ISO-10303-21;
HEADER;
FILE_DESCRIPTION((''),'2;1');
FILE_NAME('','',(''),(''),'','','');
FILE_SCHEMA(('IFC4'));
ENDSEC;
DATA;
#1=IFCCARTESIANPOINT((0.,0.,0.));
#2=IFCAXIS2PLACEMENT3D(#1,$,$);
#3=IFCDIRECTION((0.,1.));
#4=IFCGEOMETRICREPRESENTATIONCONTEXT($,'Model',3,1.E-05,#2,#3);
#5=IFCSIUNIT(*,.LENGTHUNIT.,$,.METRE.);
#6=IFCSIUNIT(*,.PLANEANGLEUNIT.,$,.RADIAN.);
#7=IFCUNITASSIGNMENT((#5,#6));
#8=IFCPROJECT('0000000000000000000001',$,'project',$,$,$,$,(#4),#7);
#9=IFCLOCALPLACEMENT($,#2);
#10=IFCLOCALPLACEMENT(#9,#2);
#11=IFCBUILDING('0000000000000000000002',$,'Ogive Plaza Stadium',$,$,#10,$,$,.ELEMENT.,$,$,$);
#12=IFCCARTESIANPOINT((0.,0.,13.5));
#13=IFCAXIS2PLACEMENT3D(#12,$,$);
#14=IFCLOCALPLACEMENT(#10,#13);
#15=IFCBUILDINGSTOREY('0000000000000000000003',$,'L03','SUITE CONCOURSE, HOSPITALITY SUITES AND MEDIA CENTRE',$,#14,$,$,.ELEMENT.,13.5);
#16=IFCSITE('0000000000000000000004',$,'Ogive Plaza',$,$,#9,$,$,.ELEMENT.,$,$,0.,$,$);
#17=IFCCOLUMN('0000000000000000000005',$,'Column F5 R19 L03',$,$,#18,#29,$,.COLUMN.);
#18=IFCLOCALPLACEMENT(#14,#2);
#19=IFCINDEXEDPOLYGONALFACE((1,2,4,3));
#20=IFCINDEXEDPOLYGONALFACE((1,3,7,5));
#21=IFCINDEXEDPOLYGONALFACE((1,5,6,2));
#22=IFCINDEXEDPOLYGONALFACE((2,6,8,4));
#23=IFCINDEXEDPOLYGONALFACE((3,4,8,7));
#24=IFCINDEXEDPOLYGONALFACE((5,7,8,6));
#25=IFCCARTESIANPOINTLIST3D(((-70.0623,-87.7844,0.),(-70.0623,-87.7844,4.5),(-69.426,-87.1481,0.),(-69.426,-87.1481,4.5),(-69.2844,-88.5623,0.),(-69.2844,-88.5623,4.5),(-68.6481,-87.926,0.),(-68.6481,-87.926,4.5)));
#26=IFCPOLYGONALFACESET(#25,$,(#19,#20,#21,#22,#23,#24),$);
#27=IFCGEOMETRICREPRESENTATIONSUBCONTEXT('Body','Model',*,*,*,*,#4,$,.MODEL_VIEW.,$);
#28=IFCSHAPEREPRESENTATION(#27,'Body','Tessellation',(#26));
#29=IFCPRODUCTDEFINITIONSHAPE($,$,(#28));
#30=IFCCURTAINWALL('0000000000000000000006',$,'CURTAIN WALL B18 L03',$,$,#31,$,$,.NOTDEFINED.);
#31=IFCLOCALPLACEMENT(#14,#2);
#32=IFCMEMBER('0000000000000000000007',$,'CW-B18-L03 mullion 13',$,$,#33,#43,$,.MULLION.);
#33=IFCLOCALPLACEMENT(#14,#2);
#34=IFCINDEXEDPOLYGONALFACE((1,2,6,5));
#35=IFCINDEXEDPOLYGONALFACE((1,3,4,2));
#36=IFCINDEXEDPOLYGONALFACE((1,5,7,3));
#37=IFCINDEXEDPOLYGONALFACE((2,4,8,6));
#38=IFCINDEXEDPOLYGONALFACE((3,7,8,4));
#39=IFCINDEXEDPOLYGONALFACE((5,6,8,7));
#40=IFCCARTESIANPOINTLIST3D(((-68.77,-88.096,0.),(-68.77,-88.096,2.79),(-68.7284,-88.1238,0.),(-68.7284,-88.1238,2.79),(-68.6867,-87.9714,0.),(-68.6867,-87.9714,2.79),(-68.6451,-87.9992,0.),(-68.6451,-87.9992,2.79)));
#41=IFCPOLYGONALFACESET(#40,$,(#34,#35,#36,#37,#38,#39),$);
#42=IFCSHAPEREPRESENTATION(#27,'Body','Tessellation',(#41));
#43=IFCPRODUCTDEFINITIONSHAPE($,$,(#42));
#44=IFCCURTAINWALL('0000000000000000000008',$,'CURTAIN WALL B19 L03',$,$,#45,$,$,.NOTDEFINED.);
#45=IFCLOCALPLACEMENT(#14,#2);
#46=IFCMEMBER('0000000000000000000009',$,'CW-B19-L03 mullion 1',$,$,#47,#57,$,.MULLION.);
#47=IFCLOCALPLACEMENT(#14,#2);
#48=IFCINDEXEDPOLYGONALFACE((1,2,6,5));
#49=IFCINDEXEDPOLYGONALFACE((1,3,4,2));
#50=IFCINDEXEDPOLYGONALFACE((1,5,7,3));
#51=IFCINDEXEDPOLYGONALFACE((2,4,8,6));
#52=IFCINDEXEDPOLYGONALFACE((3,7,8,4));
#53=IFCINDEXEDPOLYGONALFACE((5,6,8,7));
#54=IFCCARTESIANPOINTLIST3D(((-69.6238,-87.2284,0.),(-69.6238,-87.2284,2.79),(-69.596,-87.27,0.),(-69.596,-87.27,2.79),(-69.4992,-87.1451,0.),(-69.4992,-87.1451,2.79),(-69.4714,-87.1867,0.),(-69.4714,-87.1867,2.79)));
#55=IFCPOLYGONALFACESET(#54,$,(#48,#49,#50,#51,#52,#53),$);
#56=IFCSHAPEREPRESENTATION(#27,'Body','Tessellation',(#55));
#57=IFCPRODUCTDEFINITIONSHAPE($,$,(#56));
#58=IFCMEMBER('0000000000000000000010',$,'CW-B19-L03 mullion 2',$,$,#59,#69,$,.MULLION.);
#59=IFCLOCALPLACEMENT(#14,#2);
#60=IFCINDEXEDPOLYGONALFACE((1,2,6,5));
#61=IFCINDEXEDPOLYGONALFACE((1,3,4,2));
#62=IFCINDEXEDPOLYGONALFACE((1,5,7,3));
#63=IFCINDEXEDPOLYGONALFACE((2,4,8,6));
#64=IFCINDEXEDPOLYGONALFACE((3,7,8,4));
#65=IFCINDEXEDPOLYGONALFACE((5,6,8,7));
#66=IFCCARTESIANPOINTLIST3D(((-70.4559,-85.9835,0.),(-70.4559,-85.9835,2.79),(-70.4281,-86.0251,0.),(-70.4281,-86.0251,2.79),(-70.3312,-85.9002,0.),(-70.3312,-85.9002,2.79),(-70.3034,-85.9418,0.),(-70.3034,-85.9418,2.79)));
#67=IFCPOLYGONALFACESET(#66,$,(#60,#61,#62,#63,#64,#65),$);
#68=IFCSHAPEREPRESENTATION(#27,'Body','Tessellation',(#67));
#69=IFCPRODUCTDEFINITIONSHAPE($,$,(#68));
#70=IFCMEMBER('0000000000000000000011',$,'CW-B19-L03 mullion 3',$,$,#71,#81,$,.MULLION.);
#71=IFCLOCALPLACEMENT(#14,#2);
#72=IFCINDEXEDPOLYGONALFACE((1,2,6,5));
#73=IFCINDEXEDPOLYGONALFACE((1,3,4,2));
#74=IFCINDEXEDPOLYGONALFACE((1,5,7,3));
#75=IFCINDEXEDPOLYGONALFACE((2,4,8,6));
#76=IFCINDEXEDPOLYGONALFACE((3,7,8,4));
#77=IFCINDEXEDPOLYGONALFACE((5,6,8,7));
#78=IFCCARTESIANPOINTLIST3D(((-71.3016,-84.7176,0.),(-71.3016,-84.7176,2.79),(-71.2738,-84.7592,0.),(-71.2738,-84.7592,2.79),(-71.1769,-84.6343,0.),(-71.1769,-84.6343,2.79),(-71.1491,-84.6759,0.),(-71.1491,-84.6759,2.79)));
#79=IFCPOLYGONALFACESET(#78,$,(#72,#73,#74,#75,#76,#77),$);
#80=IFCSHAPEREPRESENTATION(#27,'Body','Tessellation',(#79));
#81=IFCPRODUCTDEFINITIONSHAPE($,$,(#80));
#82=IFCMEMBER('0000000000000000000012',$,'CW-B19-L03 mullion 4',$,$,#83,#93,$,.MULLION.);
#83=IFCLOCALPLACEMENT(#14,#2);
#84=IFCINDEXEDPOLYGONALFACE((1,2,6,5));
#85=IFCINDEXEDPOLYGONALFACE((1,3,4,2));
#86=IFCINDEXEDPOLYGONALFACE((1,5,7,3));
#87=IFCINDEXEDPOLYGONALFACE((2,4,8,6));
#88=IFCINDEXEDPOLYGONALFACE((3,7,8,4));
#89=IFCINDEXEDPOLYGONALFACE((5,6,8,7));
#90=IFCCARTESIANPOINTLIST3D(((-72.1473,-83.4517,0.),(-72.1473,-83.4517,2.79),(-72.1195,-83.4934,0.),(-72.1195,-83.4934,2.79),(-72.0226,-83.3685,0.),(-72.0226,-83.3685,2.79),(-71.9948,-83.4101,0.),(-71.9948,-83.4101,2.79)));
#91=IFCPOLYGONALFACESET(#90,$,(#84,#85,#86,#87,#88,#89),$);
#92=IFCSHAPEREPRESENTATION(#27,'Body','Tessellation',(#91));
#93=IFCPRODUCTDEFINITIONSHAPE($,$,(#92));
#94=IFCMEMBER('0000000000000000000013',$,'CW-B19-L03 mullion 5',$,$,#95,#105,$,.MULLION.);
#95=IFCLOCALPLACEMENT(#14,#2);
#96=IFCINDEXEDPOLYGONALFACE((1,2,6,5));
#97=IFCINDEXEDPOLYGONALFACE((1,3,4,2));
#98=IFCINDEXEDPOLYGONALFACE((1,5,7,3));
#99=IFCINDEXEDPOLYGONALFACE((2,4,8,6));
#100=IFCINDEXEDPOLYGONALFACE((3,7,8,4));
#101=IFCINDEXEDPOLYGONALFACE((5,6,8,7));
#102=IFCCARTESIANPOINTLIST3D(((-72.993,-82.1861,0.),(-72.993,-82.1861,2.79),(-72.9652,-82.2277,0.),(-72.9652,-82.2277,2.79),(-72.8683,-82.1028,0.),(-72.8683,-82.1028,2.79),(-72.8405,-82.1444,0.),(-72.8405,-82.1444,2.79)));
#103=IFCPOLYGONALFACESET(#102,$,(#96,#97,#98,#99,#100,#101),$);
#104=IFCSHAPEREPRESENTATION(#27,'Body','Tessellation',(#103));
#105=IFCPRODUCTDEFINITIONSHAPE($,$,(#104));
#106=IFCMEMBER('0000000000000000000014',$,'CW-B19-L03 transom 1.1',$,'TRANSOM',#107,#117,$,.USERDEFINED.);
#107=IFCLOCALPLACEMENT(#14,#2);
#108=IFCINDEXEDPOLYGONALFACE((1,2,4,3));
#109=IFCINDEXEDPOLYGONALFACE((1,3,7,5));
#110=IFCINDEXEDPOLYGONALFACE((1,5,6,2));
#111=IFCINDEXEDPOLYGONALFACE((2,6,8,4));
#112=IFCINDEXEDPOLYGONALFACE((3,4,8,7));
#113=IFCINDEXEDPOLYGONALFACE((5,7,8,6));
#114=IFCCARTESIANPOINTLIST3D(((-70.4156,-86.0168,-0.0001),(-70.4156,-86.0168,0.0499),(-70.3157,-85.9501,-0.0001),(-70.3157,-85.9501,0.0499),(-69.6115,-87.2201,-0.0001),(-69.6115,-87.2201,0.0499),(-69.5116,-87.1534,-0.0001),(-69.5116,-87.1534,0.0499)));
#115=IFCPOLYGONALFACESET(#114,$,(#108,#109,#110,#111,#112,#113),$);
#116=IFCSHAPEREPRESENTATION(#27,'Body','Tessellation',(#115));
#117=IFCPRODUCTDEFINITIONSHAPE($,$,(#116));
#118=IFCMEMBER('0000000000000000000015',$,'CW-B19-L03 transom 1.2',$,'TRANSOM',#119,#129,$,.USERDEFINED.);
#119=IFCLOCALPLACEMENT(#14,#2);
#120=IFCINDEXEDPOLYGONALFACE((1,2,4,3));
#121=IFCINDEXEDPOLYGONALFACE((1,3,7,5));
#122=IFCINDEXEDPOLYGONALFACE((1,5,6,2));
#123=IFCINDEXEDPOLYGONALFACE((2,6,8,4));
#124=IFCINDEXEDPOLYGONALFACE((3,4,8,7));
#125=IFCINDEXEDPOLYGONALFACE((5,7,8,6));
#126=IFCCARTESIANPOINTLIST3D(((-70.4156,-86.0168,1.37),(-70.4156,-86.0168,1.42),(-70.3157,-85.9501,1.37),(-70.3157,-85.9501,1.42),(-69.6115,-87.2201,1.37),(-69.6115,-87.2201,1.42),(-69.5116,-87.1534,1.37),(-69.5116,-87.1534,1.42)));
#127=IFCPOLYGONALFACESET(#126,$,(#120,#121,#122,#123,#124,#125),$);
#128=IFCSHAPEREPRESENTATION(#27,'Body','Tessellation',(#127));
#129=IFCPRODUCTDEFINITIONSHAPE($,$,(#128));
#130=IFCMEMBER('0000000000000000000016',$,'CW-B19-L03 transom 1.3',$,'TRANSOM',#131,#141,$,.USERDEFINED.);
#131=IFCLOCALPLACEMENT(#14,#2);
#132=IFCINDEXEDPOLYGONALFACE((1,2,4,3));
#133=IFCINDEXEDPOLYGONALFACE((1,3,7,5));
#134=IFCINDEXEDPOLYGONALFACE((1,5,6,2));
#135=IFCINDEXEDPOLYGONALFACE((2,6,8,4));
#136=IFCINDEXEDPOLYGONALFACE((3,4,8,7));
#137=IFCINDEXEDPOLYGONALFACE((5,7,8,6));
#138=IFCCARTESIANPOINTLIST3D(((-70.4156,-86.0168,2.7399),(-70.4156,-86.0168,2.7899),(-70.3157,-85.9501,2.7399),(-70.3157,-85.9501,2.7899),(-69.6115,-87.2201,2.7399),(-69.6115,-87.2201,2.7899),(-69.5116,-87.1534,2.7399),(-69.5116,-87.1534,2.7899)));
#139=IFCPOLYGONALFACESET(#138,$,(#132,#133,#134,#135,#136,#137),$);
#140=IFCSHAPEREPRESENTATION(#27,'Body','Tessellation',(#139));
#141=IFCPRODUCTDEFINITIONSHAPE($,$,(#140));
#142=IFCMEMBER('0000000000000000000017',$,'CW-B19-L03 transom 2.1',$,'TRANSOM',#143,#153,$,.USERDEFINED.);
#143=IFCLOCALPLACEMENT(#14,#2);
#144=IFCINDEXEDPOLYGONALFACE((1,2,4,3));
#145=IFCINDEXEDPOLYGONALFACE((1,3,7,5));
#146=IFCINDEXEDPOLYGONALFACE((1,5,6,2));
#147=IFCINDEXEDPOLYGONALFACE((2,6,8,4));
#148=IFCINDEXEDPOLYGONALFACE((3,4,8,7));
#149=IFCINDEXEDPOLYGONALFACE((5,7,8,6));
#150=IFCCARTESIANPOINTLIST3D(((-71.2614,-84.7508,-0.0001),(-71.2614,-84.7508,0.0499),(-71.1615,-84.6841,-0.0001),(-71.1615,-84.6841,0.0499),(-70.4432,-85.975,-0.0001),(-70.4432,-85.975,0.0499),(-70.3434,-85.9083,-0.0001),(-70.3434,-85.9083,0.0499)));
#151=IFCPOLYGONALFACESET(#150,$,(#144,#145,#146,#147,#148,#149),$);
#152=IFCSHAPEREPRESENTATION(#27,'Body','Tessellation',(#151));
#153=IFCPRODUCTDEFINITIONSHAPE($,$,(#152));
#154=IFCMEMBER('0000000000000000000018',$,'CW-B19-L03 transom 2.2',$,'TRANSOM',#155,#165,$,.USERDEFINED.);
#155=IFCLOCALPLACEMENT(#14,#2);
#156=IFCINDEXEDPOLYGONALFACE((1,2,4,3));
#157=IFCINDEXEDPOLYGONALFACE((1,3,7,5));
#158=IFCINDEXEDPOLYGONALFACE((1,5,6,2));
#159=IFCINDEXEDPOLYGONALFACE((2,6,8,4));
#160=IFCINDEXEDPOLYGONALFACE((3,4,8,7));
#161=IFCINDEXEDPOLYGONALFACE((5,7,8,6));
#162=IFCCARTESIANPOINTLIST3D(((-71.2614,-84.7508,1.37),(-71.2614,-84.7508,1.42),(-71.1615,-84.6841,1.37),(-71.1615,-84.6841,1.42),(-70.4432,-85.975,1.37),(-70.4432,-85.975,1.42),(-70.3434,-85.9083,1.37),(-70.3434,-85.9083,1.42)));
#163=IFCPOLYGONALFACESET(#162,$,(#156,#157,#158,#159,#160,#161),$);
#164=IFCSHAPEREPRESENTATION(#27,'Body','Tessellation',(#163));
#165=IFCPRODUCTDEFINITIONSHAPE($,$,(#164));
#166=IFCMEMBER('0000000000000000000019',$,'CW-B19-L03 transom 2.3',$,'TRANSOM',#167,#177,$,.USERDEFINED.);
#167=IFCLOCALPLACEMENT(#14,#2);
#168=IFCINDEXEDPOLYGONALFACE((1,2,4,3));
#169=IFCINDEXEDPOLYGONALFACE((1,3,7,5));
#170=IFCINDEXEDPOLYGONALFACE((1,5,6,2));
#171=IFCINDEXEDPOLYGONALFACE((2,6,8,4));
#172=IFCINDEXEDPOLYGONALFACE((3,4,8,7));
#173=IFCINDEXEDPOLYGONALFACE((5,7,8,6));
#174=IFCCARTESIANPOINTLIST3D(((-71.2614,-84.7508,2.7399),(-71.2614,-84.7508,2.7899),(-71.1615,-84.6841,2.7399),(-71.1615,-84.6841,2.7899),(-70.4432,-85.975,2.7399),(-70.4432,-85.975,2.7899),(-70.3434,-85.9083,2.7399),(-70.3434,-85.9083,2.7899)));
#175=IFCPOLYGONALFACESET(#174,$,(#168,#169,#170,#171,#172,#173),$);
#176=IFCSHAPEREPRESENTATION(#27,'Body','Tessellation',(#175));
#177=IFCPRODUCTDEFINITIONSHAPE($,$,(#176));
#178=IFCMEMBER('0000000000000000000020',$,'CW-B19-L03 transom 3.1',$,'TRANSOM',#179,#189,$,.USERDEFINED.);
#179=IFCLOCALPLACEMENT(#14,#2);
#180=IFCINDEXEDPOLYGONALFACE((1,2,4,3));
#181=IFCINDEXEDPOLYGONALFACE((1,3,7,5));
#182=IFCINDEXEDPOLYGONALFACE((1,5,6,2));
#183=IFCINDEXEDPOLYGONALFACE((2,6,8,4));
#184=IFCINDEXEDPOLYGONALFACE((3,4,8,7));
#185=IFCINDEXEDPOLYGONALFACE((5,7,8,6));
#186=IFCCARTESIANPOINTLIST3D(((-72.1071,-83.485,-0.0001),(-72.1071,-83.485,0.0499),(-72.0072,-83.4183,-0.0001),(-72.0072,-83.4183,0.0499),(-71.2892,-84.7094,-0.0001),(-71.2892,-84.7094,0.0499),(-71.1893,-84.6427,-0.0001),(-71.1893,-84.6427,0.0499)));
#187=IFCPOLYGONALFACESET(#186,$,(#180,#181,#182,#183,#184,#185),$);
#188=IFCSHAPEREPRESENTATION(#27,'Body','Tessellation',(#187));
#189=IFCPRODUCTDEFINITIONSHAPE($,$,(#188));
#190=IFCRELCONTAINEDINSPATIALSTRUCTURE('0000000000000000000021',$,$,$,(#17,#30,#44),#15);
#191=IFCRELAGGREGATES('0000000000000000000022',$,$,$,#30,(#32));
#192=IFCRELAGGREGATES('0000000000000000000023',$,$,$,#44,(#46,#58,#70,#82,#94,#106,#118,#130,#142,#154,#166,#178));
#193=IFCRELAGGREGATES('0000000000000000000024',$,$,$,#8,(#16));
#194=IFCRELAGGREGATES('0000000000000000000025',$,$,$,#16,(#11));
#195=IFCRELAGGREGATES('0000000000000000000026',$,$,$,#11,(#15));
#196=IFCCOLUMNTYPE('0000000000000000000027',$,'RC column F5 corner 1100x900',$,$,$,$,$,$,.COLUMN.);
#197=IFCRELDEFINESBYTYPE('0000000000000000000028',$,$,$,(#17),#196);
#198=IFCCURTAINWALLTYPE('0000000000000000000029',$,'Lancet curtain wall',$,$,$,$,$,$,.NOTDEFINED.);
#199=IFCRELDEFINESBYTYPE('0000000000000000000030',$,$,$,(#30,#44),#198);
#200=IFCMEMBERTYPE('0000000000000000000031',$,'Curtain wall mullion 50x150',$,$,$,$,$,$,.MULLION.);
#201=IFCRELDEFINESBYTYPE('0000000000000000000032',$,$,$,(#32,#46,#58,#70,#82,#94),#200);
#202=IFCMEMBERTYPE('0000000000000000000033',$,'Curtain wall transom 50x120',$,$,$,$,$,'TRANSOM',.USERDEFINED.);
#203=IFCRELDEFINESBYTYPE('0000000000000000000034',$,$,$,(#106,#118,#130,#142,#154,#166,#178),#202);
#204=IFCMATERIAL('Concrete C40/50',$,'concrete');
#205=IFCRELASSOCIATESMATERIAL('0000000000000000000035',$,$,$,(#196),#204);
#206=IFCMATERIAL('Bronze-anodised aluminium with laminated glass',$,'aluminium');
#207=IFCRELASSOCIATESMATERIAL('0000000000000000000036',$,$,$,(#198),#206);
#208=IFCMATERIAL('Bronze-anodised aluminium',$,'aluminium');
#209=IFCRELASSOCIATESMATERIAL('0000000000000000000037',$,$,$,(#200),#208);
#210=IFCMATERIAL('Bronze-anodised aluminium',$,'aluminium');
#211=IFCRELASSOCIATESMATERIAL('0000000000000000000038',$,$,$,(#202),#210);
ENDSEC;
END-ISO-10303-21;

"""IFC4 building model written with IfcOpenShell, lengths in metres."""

from ifc_helpers import new_model, si_unit, direction, frame, origin, origin_2d, place, context, subcontext, project, spatial, rectangle, extrude, material, material_profile, profile_set, type_object, element, aggregate, save


model = new_model("IFC4")

# Units and contexts
model_context = context("Model", 3, precision=1e-05, world=origin(), true_north=direction((0.0, 1.0)))
body_context = subcontext(model_context, "Body", "Model", "MODEL_VIEW")
ifc_project = project(units=[si_unit("LENGTHUNIT", "METRE"), si_unit("PLANEANGLEUNIT", "RADIAN")], contexts=[model_context])

# Site, building, storey
site_placement = place(None, origin())
site = spatial("IfcSite", under=ifc_project, at=site_placement, Name="Ogive Plaza", CompositionType="ELEMENT", RefElevation=0.0)
building_placement = place(site_placement, origin())
building = spatial("IfcBuilding", under=site, at=building_placement, Name="Ogive Plaza Stadium", CompositionType="ELEMENT")
storey_placement = place(building_placement, frame((0.0, 0.0, 13.5)))
storey = spatial("IfcBuildingStorey", under=building, at=storey_placement, Name="L03", Description="SUITE CONCOURSE, HOSPITALITY SUITES AND MEDIA CENTRE", CompositionType="ELEMENT", Elevation=13.5)

# Column
ifc_material_1 = material(Name="Concrete C40/50", Category="concrete")
ifc_material_profile_1 = material_profile(ifc_material_1, rectangle(XDim=1.1001, YDim=0.8999, at=origin_2d()), Name="RC 1100x900")
ifc_profile_set_1 = profile_set([ifc_material_profile_1], Name="Concrete C40/50")
column_type = type_object("IfcColumnType", Name="RC column F5 corner 1100x900", PredefinedType="COLUMN", material=ifc_profile_set_1)
column_placement = place(storey_placement, frame((-69.3552, -87.8552, 0.0), z_axis=(0.0, 0.0, 1.0), x_axis=(0.707107, -0.707107, 0.0)))
element("IfcColumn", 1, at=column_placement, inside=storey, type_object=column_type, Name="Column F5 R19 L03", PredefinedType="COLUMN", context=body_context, shape_type="SweptSolid", body=[
    extrude(rectangle(XDim=1.1001, YDim=0.8999, at=origin_2d()), origin(), (0.0, 0.0, 1.0), 4.5),
])

# Curtain wall, member
ifc_material_2 = material(Name="Bronze-anodised aluminium with laminated glass", Category="aluminium")
curtain_wall_type = type_object("IfcCurtainWallType", Name="Lancet curtain wall", PredefinedType="NOTDEFINED", material=ifc_material_2)
curtain_wall_1_placement = place(storey_placement, origin())
curtain_wall_1 = element("IfcCurtainWall", 2, at=curtain_wall_1_placement, inside=storey, type_object=curtain_wall_type, Name="CURTAIN WALL B18 L03", PredefinedType="NOTDEFINED")
ifc_material_3 = material(Name="Bronze-anodised aluminium", Category="aluminium")
ifc_material_profile_2 = material_profile(ifc_material_3, rectangle(XDim=0.1499, YDim=0.05, at=origin_2d()), Name="AL 150x50")
ifc_profile_set_2 = profile_set([ifc_material_profile_2], Name="Bronze-anodised aluminium")
member_type_1 = type_object("IfcMemberType", Name="Curtain wall mullion 50x150", PredefinedType="MULLION", material=ifc_profile_set_2)
member_1_placement = place(storey_placement, frame((-68.7075, -88.0476, 0.0), z_axis=(0.0, 0.0, 1.0), x_axis=(-0.55557, -0.83147, 0.0)))
member_1 = element("IfcMember", 3, at=member_1_placement, type_object=member_type_1, Name="CW-B18-L03 mullion 13", PredefinedType="MULLION", context=body_context, shape_type="SweptSolid", body=[
    extrude(rectangle(XDim=0.1499, YDim=0.05, at=origin_2d()), origin(), (0.0, 0.0, 1.0), 2.79),
])
aggregate(curtain_wall_1, [member_1])

# Curtain wall, members
curtain_wall_2_placement = place(storey_placement, origin())
curtain_wall_2 = element("IfcCurtainWall", 4, at=curtain_wall_2_placement, inside=storey, type_object=curtain_wall_type, Name="CURTAIN WALL B19 L03", PredefinedType="NOTDEFINED")
member_2_placement = place(storey_placement, frame((-69.5476, -87.2075, 0.0), z_axis=(0.0, 0.0, 1.0), x_axis=(-0.83147, -0.55557, 0.0)))
member_2 = element("IfcMember", 5, at=member_2_placement, type_object=member_type_1, Name="CW-B19-L03 mullion 1", PredefinedType="MULLION", context=body_context, shape_type="SweptSolid", body=[
    extrude(rectangle(XDim=0.1499, YDim=0.05, at=origin_2d()), origin(), (0.0, 0.0, 1.0), 2.79),
])
member_3_placement = place(storey_placement, frame((-70.3796, -85.9626, 0.0), z_axis=(0.0, 0.0, 1.0), x_axis=(-0.83147, -0.55557, 0.0)))
member_3 = element("IfcMember", 6, at=member_3_placement, type_object=member_type_1, Name="CW-B19-L03 mullion 2", PredefinedType="MULLION", context=body_context, shape_type="SweptSolid", body=[
    extrude(rectangle(XDim=0.1499, YDim=0.05, at=origin_2d()), origin(), (0.0, 0.0, 1.0), 2.79),
])
member_4_placement = place(storey_placement, frame((-71.2253, -84.6968, 0.0), z_axis=(0.0, 0.0, 1.0), x_axis=(-0.83147, -0.55557, 0.0)))
member_4 = element("IfcMember", 7, at=member_4_placement, type_object=member_type_1, Name="CW-B19-L03 mullion 3", PredefinedType="MULLION", context=body_context, shape_type="SweptSolid", body=[
    extrude(rectangle(XDim=0.1499, YDim=0.05, at=origin_2d()), origin(), (0.0, 0.0, 1.0), 2.79),
])
member_5_placement = place(storey_placement, frame((-72.071, -83.4309, 0.0), z_axis=(0.0, 0.0, 1.0), x_axis=(-0.83147, -0.55557, 0.0)))
member_5 = element("IfcMember", 8, at=member_5_placement, type_object=member_type_1, Name="CW-B19-L03 mullion 4", PredefinedType="MULLION", context=body_context, shape_type="SweptSolid", body=[
    extrude(rectangle(XDim=0.1499, YDim=0.05, at=origin_2d()), origin(), (0.0, 0.0, 1.0), 2.79),
])
member_6_placement = place(storey_placement, frame((-72.9167, -82.1653, 0.0), z_axis=(0.0, 0.0, 1.0), x_axis=(-0.83147, -0.55557, 0.0)))
member_6 = element("IfcMember", 9, at=member_6_placement, type_object=member_type_1, Name="CW-B19-L03 mullion 5", PredefinedType="MULLION", context=body_context, shape_type="SweptSolid", body=[
    extrude(rectangle(XDim=0.1499, YDim=0.05, at=origin_2d()), origin(), (0.0, 0.0, 1.0), 2.79),
])
ifc_material_4 = material(Name="Bronze-anodised aluminium", Category="aluminium")
ifc_material_profile_3 = material_profile(ifc_material_4, rectangle(XDim=0.1201, YDim=0.05, at=origin_2d()), Name="AL 120x50")
ifc_profile_set_3 = profile_set([ifc_material_profile_3], Name="Bronze-anodised aluminium")
member_type_2 = type_object("IfcMemberType", Name="Curtain wall transom 50x120", ElementType="TRANSOM", PredefinedType="USERDEFINED", material=ifc_profile_set_3)
member_7_placement = place(storey_placement, frame((-69.5615, -87.1868, 0.0249), z_axis=(-0.555634, 0.831427, 0.0), x_axis=(-0.831427, -0.555634, 0.0)))
member_7 = element("IfcMember", 10, at=member_7_placement, type_object=member_type_2, Name="CW-B19-L03 transom 1.1", ObjectType="TRANSOM", PredefinedType="USERDEFINED", context=body_context, shape_type="SweptSolid", body=[
    extrude(rectangle(XDim=0.1201, YDim=0.05, at=origin_2d()), origin(), (0.0, 0.0, 1.0), 1.4473),
])
member_8_placement = place(storey_placement, frame((-69.5615, -87.1868, 1.395), z_axis=(-0.555634, 0.831427, 0.0), x_axis=(-0.831427, -0.555634, 0.0)))
member_8 = element("IfcMember", 11, at=member_8_placement, type_object=member_type_2, Name="CW-B19-L03 transom 1.2", ObjectType="TRANSOM", PredefinedType="USERDEFINED", context=body_context, shape_type="SweptSolid", body=[
    extrude(rectangle(XDim=0.1201, YDim=0.05, at=origin_2d()), origin(), (0.0, 0.0, 1.0), 1.4473),
])
member_9_placement = place(storey_placement, frame((-69.5615, -87.1868, 2.7649), z_axis=(-0.555634, 0.831427, 0.0), x_axis=(-0.831427, -0.555634, 0.0)))
member_9 = element("IfcMember", 12, at=member_9_placement, type_object=member_type_2, Name="CW-B19-L03 transom 1.3", ObjectType="TRANSOM", PredefinedType="USERDEFINED", context=body_context, shape_type="SweptSolid", body=[
    extrude(rectangle(XDim=0.1201, YDim=0.05, at=origin_2d()), origin(), (0.0, 0.0, 1.0), 1.4473),
])
member_10_placement = place(storey_placement, frame((-70.3933, -85.9417, 0.0249), z_axis=(-0.555656, 0.831412, 0.0), x_axis=(-0.831412, -0.555656, 0.0)))
member_10 = element("IfcMember", 13, at=member_10_placement, type_object=member_type_2, Name="CW-B19-L03 transom 2.1", ObjectType="TRANSOM", PredefinedType="USERDEFINED", context=body_context, shape_type="SweptSolid", body=[
    extrude(rectangle(XDim=0.1201, YDim=0.05, at=origin_2d()), origin(), (0.0, 0.0, 1.0), 1.4724),
])
member_11_placement = place(storey_placement, frame((-70.3933, -85.9417, 1.395), z_axis=(-0.555656, 0.831412, 0.0), x_axis=(-0.831412, -0.555656, 0.0)))
member_11 = element("IfcMember", 14, at=member_11_placement, type_object=member_type_2, Name="CW-B19-L03 transom 2.2", ObjectType="TRANSOM", PredefinedType="USERDEFINED", context=body_context, shape_type="SweptSolid", body=[
    extrude(rectangle(XDim=0.1201, YDim=0.05, at=origin_2d()), origin(), (0.0, 0.0, 1.0), 1.4724),
])
member_12_placement = place(storey_placement, frame((-70.3933, -85.9417, 2.7649), z_axis=(-0.555656, 0.831412, 0.0), x_axis=(-0.831412, -0.555656, 0.0)))
member_12 = element("IfcMember", 15, at=member_12_placement, type_object=member_type_2, Name="CW-B19-L03 transom 2.3", ObjectType="TRANSOM", PredefinedType="USERDEFINED", context=body_context, shape_type="SweptSolid", body=[
    extrude(rectangle(XDim=0.1201, YDim=0.05, at=origin_2d()), origin(), (0.0, 0.0, 1.0), 1.4724),
])
member_13_placement = place(storey_placement, frame((-71.2393, -84.676, 0.0249), z_axis=(-0.555465, 0.83154, 0.0), x_axis=(-0.83154, -0.555465, 0.0)))
member_13 = element("IfcMember", 16, at=member_13_placement, type_object=member_type_2, Name="CW-B19-L03 transom 3.1", ObjectType="TRANSOM", PredefinedType="USERDEFINED", context=body_context, shape_type="SweptSolid", body=[
    extrude(rectangle(XDim=0.1201, YDim=0.05, at=origin_2d()), origin(), (0.0, 0.0, 1.0), 1.4724),
])

aggregate(curtain_wall_2, [member_2, member_3, member_4, member_5, member_6, member_7, member_8, member_9, member_10, member_11, member_12, member_13])

save(model, "model.ifc")
